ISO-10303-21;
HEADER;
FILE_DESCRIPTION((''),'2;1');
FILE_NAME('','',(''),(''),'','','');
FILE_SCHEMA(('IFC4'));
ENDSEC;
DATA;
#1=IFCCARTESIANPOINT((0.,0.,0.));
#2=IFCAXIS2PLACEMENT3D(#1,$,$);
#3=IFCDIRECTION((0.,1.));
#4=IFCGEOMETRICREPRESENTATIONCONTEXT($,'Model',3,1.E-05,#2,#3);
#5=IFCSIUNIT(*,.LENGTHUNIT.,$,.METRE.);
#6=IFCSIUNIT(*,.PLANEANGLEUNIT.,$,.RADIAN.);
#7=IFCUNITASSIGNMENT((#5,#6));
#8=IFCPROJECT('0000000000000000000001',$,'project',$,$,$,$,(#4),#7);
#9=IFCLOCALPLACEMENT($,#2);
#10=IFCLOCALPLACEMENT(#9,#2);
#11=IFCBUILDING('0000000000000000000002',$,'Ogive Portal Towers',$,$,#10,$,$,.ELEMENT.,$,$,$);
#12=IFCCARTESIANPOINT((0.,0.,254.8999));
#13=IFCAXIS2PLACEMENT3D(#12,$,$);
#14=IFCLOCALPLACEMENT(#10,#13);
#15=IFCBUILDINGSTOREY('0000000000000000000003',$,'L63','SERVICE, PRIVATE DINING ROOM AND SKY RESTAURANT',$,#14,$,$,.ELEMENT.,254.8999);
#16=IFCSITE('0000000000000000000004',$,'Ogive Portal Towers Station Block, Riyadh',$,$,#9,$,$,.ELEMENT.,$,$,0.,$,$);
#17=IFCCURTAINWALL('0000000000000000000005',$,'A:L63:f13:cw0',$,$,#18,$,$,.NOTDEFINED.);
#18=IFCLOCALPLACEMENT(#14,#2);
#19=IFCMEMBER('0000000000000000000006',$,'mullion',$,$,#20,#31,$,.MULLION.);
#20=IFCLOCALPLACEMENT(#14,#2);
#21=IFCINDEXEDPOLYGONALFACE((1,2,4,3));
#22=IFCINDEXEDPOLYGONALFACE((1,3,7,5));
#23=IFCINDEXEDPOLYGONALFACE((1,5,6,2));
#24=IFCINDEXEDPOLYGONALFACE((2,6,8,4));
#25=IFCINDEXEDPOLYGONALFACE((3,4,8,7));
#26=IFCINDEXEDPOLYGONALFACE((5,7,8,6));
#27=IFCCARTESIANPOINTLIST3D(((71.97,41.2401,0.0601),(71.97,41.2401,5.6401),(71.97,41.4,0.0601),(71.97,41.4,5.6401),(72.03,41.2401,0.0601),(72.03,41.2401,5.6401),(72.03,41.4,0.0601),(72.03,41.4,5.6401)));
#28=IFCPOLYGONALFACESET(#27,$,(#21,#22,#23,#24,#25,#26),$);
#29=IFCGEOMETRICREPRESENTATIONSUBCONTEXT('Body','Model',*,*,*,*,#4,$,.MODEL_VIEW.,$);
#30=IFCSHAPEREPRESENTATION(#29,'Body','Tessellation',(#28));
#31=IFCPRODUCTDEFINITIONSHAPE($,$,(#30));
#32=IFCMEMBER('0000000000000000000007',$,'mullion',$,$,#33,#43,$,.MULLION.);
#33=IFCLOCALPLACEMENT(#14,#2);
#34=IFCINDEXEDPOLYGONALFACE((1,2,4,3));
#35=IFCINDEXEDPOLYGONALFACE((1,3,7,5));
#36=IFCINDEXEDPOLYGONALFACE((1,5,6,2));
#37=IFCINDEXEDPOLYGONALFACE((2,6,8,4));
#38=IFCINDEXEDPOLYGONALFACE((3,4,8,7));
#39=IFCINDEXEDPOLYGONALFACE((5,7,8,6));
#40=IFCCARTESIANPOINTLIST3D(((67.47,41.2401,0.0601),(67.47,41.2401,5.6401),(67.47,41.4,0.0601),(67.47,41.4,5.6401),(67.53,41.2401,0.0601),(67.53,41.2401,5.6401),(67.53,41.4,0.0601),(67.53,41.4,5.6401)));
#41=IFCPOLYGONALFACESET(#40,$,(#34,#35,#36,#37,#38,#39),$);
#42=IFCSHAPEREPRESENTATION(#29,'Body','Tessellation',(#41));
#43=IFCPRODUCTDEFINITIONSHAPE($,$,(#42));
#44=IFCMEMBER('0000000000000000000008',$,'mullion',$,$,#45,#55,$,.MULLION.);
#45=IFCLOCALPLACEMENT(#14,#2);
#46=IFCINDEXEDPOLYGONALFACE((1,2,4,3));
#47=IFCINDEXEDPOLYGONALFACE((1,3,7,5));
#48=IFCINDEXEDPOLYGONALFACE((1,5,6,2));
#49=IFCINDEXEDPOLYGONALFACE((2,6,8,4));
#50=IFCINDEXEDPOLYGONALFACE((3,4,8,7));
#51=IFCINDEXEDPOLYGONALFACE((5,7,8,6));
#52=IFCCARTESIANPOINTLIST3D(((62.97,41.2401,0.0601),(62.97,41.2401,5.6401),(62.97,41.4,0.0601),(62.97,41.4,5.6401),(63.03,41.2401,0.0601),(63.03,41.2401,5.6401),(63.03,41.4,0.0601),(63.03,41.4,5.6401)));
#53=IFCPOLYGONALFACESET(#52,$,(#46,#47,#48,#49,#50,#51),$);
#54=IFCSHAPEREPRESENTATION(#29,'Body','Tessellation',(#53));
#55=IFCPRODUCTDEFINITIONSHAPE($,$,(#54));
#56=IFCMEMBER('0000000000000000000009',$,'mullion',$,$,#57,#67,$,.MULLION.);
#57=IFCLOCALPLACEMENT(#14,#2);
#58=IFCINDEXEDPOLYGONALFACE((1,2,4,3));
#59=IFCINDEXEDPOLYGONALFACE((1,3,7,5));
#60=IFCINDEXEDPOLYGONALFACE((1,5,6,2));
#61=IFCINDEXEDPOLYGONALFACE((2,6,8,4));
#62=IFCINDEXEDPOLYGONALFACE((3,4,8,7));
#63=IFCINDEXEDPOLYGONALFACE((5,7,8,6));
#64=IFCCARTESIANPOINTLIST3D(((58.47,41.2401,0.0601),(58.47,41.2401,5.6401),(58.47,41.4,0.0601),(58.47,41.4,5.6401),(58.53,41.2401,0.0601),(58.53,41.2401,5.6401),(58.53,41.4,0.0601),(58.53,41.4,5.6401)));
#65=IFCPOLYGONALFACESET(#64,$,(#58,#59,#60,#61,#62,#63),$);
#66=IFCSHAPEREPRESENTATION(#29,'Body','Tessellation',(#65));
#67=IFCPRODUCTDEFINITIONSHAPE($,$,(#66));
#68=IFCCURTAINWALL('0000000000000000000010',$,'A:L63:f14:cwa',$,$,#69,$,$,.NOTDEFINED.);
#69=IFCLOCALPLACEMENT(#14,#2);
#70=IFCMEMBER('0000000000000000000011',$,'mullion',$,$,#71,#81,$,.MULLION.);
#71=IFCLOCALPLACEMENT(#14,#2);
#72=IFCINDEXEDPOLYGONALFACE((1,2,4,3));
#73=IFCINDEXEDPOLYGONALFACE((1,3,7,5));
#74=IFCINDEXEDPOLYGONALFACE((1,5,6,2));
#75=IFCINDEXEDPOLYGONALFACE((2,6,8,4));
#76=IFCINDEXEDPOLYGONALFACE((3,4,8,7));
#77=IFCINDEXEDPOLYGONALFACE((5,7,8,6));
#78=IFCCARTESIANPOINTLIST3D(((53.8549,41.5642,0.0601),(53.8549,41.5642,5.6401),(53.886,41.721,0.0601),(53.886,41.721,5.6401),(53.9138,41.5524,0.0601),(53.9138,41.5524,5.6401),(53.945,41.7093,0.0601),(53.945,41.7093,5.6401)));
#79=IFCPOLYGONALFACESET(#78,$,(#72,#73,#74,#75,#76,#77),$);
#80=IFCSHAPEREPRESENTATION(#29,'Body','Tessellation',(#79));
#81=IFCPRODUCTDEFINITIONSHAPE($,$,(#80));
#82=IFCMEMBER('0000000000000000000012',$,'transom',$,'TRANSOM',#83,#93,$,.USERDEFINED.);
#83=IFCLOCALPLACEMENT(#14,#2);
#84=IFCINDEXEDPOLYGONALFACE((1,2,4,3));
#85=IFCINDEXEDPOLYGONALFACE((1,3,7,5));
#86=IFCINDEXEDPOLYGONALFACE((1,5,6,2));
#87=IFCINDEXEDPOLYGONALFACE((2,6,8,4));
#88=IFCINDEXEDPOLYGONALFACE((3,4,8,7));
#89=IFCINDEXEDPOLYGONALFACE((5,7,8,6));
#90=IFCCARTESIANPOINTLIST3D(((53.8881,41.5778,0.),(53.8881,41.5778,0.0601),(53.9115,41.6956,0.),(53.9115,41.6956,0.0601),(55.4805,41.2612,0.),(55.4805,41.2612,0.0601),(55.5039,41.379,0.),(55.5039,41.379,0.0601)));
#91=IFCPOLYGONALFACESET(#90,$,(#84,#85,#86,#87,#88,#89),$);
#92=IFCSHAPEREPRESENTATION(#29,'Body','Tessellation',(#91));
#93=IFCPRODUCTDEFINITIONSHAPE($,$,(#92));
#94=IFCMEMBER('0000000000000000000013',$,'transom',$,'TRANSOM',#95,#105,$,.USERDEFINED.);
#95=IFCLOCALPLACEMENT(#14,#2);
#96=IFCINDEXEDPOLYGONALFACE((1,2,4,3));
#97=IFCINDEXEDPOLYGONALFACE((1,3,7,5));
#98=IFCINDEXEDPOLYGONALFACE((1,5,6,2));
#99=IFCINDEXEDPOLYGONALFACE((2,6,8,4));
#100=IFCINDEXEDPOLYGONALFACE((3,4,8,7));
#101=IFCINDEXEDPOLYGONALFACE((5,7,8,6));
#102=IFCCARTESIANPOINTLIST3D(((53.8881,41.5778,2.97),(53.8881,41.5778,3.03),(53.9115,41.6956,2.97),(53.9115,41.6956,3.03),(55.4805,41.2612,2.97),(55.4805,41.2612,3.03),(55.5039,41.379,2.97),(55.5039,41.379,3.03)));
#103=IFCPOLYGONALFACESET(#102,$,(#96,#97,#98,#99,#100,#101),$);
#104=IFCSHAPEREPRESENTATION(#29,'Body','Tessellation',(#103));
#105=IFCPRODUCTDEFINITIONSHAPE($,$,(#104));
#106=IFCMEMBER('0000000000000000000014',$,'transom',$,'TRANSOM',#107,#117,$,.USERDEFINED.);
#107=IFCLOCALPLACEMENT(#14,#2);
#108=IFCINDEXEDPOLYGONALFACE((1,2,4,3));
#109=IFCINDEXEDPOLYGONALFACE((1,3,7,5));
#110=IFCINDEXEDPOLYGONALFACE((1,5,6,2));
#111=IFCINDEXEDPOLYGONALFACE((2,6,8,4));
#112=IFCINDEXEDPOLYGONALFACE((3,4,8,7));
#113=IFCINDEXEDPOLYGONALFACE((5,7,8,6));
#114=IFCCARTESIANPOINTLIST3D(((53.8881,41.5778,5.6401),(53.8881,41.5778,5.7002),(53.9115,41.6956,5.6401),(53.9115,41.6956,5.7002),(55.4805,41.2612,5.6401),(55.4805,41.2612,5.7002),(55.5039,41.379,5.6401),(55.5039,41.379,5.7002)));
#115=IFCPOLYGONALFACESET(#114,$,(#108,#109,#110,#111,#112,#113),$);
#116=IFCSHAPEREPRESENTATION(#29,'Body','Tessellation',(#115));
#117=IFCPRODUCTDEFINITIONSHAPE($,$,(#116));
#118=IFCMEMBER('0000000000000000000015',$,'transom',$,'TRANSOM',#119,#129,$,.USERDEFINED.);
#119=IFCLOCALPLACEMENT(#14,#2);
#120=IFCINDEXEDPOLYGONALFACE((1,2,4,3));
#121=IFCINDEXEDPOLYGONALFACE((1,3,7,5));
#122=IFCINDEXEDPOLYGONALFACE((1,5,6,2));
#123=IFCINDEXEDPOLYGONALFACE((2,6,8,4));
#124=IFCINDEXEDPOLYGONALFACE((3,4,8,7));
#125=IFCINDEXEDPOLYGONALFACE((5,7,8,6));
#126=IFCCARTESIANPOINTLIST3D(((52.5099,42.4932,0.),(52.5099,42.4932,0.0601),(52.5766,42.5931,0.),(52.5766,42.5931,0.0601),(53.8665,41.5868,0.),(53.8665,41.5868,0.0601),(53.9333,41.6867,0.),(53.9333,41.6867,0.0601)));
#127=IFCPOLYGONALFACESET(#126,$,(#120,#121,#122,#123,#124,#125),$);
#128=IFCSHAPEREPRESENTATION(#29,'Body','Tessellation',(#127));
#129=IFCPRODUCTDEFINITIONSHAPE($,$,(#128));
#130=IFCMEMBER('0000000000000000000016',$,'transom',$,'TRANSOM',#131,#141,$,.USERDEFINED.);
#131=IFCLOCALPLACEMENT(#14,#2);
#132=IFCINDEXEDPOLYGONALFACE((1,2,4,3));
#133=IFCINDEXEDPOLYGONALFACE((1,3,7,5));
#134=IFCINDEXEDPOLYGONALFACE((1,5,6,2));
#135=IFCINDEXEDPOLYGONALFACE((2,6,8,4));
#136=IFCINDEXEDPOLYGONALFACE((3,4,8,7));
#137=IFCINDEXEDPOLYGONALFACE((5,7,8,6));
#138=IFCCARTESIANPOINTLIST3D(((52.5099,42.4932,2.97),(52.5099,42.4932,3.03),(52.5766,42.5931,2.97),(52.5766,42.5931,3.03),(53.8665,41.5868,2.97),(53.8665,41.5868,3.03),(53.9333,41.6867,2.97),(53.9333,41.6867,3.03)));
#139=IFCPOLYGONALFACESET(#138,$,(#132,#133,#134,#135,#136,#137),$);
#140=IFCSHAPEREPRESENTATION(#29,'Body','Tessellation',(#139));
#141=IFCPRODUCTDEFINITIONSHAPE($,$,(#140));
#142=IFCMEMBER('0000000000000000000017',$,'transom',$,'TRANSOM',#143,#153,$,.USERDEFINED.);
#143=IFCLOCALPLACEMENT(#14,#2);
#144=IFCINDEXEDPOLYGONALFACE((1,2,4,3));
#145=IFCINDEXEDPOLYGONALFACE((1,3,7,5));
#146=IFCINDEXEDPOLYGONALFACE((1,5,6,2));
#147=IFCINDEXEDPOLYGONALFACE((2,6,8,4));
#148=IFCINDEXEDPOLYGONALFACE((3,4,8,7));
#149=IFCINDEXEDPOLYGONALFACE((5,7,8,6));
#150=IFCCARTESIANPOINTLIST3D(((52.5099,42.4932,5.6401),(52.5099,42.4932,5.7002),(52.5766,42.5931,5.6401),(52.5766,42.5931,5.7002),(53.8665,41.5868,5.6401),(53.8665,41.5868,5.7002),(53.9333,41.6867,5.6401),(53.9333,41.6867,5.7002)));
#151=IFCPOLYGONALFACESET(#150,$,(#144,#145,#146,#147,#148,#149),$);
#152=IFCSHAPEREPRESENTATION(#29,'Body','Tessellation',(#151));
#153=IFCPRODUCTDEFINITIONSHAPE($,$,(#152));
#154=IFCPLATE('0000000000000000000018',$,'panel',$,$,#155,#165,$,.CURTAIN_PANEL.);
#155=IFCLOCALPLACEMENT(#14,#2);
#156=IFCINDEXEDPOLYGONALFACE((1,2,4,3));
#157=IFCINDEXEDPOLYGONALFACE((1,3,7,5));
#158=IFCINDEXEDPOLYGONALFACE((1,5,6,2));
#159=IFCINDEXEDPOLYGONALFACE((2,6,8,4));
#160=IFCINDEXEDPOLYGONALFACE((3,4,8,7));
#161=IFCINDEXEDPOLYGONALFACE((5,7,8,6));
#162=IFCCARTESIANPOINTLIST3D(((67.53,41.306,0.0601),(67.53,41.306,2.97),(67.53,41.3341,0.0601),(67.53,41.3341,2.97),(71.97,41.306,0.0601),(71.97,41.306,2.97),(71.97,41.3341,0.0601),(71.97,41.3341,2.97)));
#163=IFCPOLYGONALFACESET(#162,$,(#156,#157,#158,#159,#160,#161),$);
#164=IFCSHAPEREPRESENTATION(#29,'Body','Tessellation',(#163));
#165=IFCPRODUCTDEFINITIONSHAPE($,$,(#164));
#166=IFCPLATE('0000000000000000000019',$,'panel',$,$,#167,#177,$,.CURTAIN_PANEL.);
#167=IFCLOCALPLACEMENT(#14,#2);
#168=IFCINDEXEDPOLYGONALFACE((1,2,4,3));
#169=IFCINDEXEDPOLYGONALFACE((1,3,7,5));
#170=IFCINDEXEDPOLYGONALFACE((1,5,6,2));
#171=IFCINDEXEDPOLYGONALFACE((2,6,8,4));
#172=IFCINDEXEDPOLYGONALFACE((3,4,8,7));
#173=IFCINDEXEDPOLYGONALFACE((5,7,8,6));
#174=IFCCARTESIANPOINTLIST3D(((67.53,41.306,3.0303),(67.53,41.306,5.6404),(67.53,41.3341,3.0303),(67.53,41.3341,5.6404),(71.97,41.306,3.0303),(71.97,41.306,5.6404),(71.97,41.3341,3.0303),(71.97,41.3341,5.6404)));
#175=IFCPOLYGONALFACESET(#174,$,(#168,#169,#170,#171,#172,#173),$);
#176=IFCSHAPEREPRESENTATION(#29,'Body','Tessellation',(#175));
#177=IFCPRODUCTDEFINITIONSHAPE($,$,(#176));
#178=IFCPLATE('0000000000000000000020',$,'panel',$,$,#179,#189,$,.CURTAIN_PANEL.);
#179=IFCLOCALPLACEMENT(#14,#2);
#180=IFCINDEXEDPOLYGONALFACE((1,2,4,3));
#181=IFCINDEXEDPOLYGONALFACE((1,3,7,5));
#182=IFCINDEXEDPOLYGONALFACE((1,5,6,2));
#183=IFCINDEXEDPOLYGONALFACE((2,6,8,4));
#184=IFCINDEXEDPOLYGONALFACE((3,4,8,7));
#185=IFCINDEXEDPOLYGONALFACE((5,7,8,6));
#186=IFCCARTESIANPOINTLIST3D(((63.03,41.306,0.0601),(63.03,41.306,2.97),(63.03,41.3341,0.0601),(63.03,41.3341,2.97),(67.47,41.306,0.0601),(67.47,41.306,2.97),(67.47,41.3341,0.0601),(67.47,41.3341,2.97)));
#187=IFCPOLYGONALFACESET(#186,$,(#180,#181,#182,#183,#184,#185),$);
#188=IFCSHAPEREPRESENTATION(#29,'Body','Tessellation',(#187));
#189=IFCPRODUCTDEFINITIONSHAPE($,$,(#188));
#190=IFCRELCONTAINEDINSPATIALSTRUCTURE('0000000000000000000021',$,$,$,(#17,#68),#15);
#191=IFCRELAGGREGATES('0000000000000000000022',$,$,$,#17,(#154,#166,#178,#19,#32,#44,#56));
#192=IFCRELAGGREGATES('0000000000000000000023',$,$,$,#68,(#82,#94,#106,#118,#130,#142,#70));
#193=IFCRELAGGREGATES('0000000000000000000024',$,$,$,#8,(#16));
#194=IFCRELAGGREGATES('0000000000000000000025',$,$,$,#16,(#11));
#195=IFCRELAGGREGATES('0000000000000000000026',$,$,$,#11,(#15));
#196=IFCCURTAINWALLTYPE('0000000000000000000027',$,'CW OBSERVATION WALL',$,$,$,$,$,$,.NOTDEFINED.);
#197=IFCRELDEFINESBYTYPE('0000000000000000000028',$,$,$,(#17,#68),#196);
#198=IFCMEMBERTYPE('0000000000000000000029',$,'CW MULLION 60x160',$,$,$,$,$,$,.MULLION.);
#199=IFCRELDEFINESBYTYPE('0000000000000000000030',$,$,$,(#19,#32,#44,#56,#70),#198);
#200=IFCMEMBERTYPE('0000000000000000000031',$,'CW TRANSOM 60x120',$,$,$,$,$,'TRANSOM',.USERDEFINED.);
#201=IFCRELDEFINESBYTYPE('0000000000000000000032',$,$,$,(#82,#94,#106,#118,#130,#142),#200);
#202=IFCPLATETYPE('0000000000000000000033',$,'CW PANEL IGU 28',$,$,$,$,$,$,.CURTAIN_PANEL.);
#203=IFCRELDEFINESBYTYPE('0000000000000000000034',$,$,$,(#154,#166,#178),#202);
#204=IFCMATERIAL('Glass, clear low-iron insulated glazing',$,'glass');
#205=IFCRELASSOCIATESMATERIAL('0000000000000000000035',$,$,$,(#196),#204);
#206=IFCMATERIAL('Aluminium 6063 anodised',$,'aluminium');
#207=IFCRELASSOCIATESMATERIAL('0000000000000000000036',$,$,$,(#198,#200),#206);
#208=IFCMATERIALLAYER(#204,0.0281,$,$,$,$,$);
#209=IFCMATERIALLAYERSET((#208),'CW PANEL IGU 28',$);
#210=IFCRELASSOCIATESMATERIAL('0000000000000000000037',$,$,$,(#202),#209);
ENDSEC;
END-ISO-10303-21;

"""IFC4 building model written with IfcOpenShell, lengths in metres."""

from ifc_helpers import new_model, si_unit, direction, frame, origin, origin_2d, place, context, subcontext, project, spatial, rectangle, extrude, material, layer, layer_set, material_profile, profile_set, type_object, element, aggregate, save


model = new_model("IFC4")

# Units and contexts
model_context = context("Model", 3, precision=1e-05, world=origin(), true_north=direction((0.0, 1.0)))
body_context = subcontext(model_context, "Body", "Model", "MODEL_VIEW")
ifc_project = project(units=[si_unit("LENGTHUNIT", "METRE"), si_unit("PLANEANGLEUNIT", "RADIAN")], contexts=[model_context])

# Site, building, storey
site_placement = place(None, origin())
site = spatial("IfcSite", under=ifc_project, at=site_placement, Name="Ogive Portal Towers Station Block, Riyadh", CompositionType="ELEMENT", RefElevation=0.0)
building_placement = place(site_placement, origin())
building = spatial("IfcBuilding", under=site, at=building_placement, Name="Ogive Portal Towers", CompositionType="ELEMENT")
storey_placement = place(building_placement, frame((0.0, 0.0, 254.8999)))
storey = spatial("IfcBuildingStorey", under=building, at=storey_placement, Name="L63", Description="SERVICE, PRIVATE DINING ROOM AND SKY RESTAURANT", CompositionType="ELEMENT", Elevation=254.8999)

# Curtain walls, members
ifc_material_1 = material(Name="Glass, clear low-iron insulated glazing", Category="glass")
curtain_wall_type = type_object("IfcCurtainWallType", Name="CW OBSERVATION WALL", PredefinedType="NOTDEFINED", material=ifc_material_1)
curtain_wall_1_placement = place(storey_placement, origin())
curtain_wall_1 = element("IfcCurtainWall", 1, at=curtain_wall_1_placement, inside=storey, type_object=curtain_wall_type, Name="A:L63:f13:cw0", PredefinedType="NOTDEFINED")
ifc_material_2 = material(Name="Aluminium 6063 anodised", Category="aluminium")
ifc_material_profile_1 = material_profile(ifc_material_2, rectangle(XDim=0.1599, YDim=0.0601, at=origin_2d()), Name="AL 60x160")
ifc_profile_set_1 = profile_set([ifc_material_profile_1], Name="Aluminium 6063 anodised")
member_type_1 = type_object("IfcMemberType", Name="CW MULLION 60x160", PredefinedType="MULLION", material=ifc_profile_set_1)
member_1_placement = place(storey_placement, frame((72.0, 41.3201, 0.0601), z_axis=(0.0, 0.0, 1.0), x_axis=(0.0, -1.0, 0.0)))
member_1 = element("IfcMember", 2, at=member_1_placement, type_object=member_type_1, Name="mullion", PredefinedType="MULLION", context=body_context, shape_type="SweptSolid", body=[
    extrude(rectangle(XDim=0.1599, YDim=0.0601, at=origin_2d()), origin(), (0.0, 0.0, 1.0), 5.5801),
])
member_2_placement = place(storey_placement, frame((67.5, 41.3201, 0.0601), z_axis=(0.0, 0.0, 1.0), x_axis=(0.0, -1.0, 0.0)))
member_2 = element("IfcMember", 3, at=member_2_placement, type_object=member_type_1, Name="mullion", PredefinedType="MULLION", context=body_context, shape_type="SweptSolid", body=[
    extrude(rectangle(XDim=0.1599, YDim=0.0601, at=origin_2d()), origin(), (0.0, 0.0, 1.0), 5.5801),
])
member_3_placement = place(storey_placement, frame((63.0, 41.3201, 0.0601), z_axis=(0.0, 0.0, 1.0), x_axis=(0.0, -1.0, 0.0)))
member_3 = element("IfcMember", 4, at=member_3_placement, type_object=member_type_1, Name="mullion", PredefinedType="MULLION", context=body_context, shape_type="SweptSolid", body=[
    extrude(rectangle(XDim=0.1599, YDim=0.0601, at=origin_2d()), origin(), (0.0, 0.0, 1.0), 5.5801),
])
member_4_placement = place(storey_placement, frame((58.5, 41.3201, 0.0601), z_axis=(0.0, 0.0, 1.0), x_axis=(0.0, -1.0, 0.0)))
member_4 = element("IfcMember", 5, at=member_4_placement, type_object=member_type_1, Name="mullion", PredefinedType="MULLION", context=body_context, shape_type="SweptSolid", body=[
    extrude(rectangle(XDim=0.1599, YDim=0.0601, at=origin_2d()), origin(), (0.0, 0.0, 1.0), 5.5801),
])
curtain_wall_2_placement = place(storey_placement, origin())
curtain_wall_2 = element("IfcCurtainWall", 6, at=curtain_wall_2_placement, inside=storey, type_object=curtain_wall_type, Name="A:L63:f14:cwa", PredefinedType="NOTDEFINED")
member_5_placement = place(storey_placement, frame((53.8999, 41.6367, 0.0601), z_axis=(0.0, 0.0, 1.0), x_axis=(-0.19509, -0.980785, 0.0)))
member_5 = element("IfcMember", 7, at=member_5_placement, type_object=member_type_1, Name="mullion", PredefinedType="MULLION", context=body_context, shape_type="SweptSolid", body=[
    extrude(rectangle(XDim=0.1599, YDim=0.0601, at=origin_2d()), origin(), (0.0, 0.0, 1.0), 5.5801),
])
ifc_material_profile_2 = material_profile(ifc_material_2, rectangle(XDim=0.1201, YDim=0.0601, at=origin_2d()), Name="AL 120x60")
ifc_profile_set_2 = profile_set([ifc_material_profile_2], Name="Aluminium 6063 anodised")
member_type_2 = type_object("IfcMemberType", Name="CW TRANSOM 60x120", ElementType="TRANSOM", PredefinedType="USERDEFINED", material=ifc_profile_set_2)
member_6_placement = place(storey_placement, frame((55.4922, 41.3201, 0.03), z_axis=(-0.980794, 0.195046, 0.0), x_axis=(-0.195046, -0.980794, 0.0)))
member_6 = element("IfcMember", 8, at=member_6_placement, type_object=member_type_2, Name="transom", ObjectType="TRANSOM", PredefinedType="USERDEFINED", context=body_context, shape_type="SweptSolid", body=[
    extrude(rectangle(XDim=0.1201, YDim=0.0601, at=origin_2d()), origin(), (0.0, 0.0, 1.0), 1.6235),
])
member_7_placement = place(storey_placement, frame((55.4922, 41.3201, 3.0), z_axis=(-0.980794, 0.195046, 0.0), x_axis=(-0.195046, -0.980794, 0.0)))
member_7 = element("IfcMember", 9, at=member_7_placement, type_object=member_type_2, Name="transom", ObjectType="TRANSOM", PredefinedType="USERDEFINED", context=body_context, shape_type="SweptSolid", body=[
    extrude(rectangle(XDim=0.1201, YDim=0.0601, at=origin_2d()), origin(), (0.0, 0.0, 1.0), 1.6235),
])
member_8_placement = place(storey_placement, frame((55.4922, 41.3201, 5.6702), z_axis=(-0.980794, 0.195046, 0.0), x_axis=(-0.195046, -0.980794, 0.0)))
member_8 = element("IfcMember", 10, at=member_8_placement, type_object=member_type_2, Name="transom", ObjectType="TRANSOM", PredefinedType="USERDEFINED", context=body_context, shape_type="SweptSolid", body=[
    extrude(rectangle(XDim=0.1201, YDim=0.0601, at=origin_2d()), origin(), (0.0, 0.0, 1.0), 1.6235),
])
member_9_placement = place(storey_placement, frame((53.8999, 41.6367, 0.03), z_axis=(-0.831474, 0.555563, 0.0), x_axis=(-0.555563, -0.831474, 0.0)))
member_9 = element("IfcMember", 11, at=member_9_placement, type_object=member_type_2, Name="transom", ObjectType="TRANSOM", PredefinedType="USERDEFINED", context=body_context, shape_type="SweptSolid", body=[
    extrude(rectangle(XDim=0.1201, YDim=0.0601, at=origin_2d()), origin(), (0.0, 0.0, 1.0), 1.6316),
])
member_10_placement = place(storey_placement, frame((53.8999, 41.6367, 3.0), z_axis=(-0.831474, 0.555563, 0.0), x_axis=(-0.555563, -0.831474, 0.0)))
member_10 = element("IfcMember", 12, at=member_10_placement, type_object=member_type_2, Name="transom", ObjectType="TRANSOM", PredefinedType="USERDEFINED", context=body_context, shape_type="SweptSolid", body=[
    extrude(rectangle(XDim=0.1201, YDim=0.0601, at=origin_2d()), origin(), (0.0, 0.0, 1.0), 1.6316),
])
member_11_placement = place(storey_placement, frame((53.8999, 41.6367, 5.6702), z_axis=(-0.831474, 0.555563, 0.0), x_axis=(-0.555563, -0.831474, 0.0)))
member_11 = element("IfcMember", 13, at=member_11_placement, type_object=member_type_2, Name="transom", ObjectType="TRANSOM", PredefinedType="USERDEFINED", context=body_context, shape_type="SweptSolid", body=[
    extrude(rectangle(XDim=0.1201, YDim=0.0601, at=origin_2d()), origin(), (0.0, 0.0, 1.0), 1.6316),
])

# Plates
ifc_layer = layer(ifc_material_1, 0.0281)
ifc_layer_set = layer_set([ifc_layer], Name="CW PANEL IGU 28")
plate_type = type_object("IfcPlateType", Name="CW PANEL IGU 28", PredefinedType="CURTAIN_PANEL", material=ifc_layer_set)
plate_1_placement = place(storey_placement, frame((69.75, 41.3201, 0.0601), z_axis=(0.0, 0.0, 1.0), x_axis=(-1.0, 0.0, 0.0)))
plate_1 = element("IfcPlate", 14, at=plate_1_placement, type_object=plate_type, Name="panel", PredefinedType="CURTAIN_PANEL", context=body_context, shape_type="SweptSolid", body=[
    extrude(rectangle(XDim=4.4399, YDim=0.0281, at=origin_2d()), origin(), (0.0, 0.0, 1.0), 2.9099),
])
plate_2_placement = place(storey_placement, frame((69.75, 41.3201, 3.0303), z_axis=(0.0, 0.0, 1.0), x_axis=(-1.0, 0.0, 0.0)))
plate_2 = element("IfcPlate", 15, at=plate_2_placement, type_object=plate_type, Name="panel", PredefinedType="CURTAIN_PANEL", context=body_context, shape_type="SweptSolid", body=[
    extrude(rectangle(XDim=4.4399, YDim=0.0281, at=origin_2d()), origin(), (0.0, 0.0, 1.0), 2.6101),
])
plate_3_placement = place(storey_placement, frame((65.25, 41.3201, 0.0601), z_axis=(0.0, 0.0, 1.0), x_axis=(-1.0, 0.0, 0.0)))
plate_3 = element("IfcPlate", 16, at=plate_3_placement, type_object=plate_type, Name="panel", PredefinedType="CURTAIN_PANEL", context=body_context, shape_type="SweptSolid", body=[
    extrude(rectangle(XDim=4.4399, YDim=0.0281, at=origin_2d()), origin(), (0.0, 0.0, 1.0), 2.9099),
])
aggregate(curtain_wall_1, [plate_1, plate_2, plate_3, member_1, member_2, member_3, member_4])
aggregate(curtain_wall_2, [member_6, member_7, member_8, member_9, member_10, member_11, member_5])

save(model, "model.ifc")
